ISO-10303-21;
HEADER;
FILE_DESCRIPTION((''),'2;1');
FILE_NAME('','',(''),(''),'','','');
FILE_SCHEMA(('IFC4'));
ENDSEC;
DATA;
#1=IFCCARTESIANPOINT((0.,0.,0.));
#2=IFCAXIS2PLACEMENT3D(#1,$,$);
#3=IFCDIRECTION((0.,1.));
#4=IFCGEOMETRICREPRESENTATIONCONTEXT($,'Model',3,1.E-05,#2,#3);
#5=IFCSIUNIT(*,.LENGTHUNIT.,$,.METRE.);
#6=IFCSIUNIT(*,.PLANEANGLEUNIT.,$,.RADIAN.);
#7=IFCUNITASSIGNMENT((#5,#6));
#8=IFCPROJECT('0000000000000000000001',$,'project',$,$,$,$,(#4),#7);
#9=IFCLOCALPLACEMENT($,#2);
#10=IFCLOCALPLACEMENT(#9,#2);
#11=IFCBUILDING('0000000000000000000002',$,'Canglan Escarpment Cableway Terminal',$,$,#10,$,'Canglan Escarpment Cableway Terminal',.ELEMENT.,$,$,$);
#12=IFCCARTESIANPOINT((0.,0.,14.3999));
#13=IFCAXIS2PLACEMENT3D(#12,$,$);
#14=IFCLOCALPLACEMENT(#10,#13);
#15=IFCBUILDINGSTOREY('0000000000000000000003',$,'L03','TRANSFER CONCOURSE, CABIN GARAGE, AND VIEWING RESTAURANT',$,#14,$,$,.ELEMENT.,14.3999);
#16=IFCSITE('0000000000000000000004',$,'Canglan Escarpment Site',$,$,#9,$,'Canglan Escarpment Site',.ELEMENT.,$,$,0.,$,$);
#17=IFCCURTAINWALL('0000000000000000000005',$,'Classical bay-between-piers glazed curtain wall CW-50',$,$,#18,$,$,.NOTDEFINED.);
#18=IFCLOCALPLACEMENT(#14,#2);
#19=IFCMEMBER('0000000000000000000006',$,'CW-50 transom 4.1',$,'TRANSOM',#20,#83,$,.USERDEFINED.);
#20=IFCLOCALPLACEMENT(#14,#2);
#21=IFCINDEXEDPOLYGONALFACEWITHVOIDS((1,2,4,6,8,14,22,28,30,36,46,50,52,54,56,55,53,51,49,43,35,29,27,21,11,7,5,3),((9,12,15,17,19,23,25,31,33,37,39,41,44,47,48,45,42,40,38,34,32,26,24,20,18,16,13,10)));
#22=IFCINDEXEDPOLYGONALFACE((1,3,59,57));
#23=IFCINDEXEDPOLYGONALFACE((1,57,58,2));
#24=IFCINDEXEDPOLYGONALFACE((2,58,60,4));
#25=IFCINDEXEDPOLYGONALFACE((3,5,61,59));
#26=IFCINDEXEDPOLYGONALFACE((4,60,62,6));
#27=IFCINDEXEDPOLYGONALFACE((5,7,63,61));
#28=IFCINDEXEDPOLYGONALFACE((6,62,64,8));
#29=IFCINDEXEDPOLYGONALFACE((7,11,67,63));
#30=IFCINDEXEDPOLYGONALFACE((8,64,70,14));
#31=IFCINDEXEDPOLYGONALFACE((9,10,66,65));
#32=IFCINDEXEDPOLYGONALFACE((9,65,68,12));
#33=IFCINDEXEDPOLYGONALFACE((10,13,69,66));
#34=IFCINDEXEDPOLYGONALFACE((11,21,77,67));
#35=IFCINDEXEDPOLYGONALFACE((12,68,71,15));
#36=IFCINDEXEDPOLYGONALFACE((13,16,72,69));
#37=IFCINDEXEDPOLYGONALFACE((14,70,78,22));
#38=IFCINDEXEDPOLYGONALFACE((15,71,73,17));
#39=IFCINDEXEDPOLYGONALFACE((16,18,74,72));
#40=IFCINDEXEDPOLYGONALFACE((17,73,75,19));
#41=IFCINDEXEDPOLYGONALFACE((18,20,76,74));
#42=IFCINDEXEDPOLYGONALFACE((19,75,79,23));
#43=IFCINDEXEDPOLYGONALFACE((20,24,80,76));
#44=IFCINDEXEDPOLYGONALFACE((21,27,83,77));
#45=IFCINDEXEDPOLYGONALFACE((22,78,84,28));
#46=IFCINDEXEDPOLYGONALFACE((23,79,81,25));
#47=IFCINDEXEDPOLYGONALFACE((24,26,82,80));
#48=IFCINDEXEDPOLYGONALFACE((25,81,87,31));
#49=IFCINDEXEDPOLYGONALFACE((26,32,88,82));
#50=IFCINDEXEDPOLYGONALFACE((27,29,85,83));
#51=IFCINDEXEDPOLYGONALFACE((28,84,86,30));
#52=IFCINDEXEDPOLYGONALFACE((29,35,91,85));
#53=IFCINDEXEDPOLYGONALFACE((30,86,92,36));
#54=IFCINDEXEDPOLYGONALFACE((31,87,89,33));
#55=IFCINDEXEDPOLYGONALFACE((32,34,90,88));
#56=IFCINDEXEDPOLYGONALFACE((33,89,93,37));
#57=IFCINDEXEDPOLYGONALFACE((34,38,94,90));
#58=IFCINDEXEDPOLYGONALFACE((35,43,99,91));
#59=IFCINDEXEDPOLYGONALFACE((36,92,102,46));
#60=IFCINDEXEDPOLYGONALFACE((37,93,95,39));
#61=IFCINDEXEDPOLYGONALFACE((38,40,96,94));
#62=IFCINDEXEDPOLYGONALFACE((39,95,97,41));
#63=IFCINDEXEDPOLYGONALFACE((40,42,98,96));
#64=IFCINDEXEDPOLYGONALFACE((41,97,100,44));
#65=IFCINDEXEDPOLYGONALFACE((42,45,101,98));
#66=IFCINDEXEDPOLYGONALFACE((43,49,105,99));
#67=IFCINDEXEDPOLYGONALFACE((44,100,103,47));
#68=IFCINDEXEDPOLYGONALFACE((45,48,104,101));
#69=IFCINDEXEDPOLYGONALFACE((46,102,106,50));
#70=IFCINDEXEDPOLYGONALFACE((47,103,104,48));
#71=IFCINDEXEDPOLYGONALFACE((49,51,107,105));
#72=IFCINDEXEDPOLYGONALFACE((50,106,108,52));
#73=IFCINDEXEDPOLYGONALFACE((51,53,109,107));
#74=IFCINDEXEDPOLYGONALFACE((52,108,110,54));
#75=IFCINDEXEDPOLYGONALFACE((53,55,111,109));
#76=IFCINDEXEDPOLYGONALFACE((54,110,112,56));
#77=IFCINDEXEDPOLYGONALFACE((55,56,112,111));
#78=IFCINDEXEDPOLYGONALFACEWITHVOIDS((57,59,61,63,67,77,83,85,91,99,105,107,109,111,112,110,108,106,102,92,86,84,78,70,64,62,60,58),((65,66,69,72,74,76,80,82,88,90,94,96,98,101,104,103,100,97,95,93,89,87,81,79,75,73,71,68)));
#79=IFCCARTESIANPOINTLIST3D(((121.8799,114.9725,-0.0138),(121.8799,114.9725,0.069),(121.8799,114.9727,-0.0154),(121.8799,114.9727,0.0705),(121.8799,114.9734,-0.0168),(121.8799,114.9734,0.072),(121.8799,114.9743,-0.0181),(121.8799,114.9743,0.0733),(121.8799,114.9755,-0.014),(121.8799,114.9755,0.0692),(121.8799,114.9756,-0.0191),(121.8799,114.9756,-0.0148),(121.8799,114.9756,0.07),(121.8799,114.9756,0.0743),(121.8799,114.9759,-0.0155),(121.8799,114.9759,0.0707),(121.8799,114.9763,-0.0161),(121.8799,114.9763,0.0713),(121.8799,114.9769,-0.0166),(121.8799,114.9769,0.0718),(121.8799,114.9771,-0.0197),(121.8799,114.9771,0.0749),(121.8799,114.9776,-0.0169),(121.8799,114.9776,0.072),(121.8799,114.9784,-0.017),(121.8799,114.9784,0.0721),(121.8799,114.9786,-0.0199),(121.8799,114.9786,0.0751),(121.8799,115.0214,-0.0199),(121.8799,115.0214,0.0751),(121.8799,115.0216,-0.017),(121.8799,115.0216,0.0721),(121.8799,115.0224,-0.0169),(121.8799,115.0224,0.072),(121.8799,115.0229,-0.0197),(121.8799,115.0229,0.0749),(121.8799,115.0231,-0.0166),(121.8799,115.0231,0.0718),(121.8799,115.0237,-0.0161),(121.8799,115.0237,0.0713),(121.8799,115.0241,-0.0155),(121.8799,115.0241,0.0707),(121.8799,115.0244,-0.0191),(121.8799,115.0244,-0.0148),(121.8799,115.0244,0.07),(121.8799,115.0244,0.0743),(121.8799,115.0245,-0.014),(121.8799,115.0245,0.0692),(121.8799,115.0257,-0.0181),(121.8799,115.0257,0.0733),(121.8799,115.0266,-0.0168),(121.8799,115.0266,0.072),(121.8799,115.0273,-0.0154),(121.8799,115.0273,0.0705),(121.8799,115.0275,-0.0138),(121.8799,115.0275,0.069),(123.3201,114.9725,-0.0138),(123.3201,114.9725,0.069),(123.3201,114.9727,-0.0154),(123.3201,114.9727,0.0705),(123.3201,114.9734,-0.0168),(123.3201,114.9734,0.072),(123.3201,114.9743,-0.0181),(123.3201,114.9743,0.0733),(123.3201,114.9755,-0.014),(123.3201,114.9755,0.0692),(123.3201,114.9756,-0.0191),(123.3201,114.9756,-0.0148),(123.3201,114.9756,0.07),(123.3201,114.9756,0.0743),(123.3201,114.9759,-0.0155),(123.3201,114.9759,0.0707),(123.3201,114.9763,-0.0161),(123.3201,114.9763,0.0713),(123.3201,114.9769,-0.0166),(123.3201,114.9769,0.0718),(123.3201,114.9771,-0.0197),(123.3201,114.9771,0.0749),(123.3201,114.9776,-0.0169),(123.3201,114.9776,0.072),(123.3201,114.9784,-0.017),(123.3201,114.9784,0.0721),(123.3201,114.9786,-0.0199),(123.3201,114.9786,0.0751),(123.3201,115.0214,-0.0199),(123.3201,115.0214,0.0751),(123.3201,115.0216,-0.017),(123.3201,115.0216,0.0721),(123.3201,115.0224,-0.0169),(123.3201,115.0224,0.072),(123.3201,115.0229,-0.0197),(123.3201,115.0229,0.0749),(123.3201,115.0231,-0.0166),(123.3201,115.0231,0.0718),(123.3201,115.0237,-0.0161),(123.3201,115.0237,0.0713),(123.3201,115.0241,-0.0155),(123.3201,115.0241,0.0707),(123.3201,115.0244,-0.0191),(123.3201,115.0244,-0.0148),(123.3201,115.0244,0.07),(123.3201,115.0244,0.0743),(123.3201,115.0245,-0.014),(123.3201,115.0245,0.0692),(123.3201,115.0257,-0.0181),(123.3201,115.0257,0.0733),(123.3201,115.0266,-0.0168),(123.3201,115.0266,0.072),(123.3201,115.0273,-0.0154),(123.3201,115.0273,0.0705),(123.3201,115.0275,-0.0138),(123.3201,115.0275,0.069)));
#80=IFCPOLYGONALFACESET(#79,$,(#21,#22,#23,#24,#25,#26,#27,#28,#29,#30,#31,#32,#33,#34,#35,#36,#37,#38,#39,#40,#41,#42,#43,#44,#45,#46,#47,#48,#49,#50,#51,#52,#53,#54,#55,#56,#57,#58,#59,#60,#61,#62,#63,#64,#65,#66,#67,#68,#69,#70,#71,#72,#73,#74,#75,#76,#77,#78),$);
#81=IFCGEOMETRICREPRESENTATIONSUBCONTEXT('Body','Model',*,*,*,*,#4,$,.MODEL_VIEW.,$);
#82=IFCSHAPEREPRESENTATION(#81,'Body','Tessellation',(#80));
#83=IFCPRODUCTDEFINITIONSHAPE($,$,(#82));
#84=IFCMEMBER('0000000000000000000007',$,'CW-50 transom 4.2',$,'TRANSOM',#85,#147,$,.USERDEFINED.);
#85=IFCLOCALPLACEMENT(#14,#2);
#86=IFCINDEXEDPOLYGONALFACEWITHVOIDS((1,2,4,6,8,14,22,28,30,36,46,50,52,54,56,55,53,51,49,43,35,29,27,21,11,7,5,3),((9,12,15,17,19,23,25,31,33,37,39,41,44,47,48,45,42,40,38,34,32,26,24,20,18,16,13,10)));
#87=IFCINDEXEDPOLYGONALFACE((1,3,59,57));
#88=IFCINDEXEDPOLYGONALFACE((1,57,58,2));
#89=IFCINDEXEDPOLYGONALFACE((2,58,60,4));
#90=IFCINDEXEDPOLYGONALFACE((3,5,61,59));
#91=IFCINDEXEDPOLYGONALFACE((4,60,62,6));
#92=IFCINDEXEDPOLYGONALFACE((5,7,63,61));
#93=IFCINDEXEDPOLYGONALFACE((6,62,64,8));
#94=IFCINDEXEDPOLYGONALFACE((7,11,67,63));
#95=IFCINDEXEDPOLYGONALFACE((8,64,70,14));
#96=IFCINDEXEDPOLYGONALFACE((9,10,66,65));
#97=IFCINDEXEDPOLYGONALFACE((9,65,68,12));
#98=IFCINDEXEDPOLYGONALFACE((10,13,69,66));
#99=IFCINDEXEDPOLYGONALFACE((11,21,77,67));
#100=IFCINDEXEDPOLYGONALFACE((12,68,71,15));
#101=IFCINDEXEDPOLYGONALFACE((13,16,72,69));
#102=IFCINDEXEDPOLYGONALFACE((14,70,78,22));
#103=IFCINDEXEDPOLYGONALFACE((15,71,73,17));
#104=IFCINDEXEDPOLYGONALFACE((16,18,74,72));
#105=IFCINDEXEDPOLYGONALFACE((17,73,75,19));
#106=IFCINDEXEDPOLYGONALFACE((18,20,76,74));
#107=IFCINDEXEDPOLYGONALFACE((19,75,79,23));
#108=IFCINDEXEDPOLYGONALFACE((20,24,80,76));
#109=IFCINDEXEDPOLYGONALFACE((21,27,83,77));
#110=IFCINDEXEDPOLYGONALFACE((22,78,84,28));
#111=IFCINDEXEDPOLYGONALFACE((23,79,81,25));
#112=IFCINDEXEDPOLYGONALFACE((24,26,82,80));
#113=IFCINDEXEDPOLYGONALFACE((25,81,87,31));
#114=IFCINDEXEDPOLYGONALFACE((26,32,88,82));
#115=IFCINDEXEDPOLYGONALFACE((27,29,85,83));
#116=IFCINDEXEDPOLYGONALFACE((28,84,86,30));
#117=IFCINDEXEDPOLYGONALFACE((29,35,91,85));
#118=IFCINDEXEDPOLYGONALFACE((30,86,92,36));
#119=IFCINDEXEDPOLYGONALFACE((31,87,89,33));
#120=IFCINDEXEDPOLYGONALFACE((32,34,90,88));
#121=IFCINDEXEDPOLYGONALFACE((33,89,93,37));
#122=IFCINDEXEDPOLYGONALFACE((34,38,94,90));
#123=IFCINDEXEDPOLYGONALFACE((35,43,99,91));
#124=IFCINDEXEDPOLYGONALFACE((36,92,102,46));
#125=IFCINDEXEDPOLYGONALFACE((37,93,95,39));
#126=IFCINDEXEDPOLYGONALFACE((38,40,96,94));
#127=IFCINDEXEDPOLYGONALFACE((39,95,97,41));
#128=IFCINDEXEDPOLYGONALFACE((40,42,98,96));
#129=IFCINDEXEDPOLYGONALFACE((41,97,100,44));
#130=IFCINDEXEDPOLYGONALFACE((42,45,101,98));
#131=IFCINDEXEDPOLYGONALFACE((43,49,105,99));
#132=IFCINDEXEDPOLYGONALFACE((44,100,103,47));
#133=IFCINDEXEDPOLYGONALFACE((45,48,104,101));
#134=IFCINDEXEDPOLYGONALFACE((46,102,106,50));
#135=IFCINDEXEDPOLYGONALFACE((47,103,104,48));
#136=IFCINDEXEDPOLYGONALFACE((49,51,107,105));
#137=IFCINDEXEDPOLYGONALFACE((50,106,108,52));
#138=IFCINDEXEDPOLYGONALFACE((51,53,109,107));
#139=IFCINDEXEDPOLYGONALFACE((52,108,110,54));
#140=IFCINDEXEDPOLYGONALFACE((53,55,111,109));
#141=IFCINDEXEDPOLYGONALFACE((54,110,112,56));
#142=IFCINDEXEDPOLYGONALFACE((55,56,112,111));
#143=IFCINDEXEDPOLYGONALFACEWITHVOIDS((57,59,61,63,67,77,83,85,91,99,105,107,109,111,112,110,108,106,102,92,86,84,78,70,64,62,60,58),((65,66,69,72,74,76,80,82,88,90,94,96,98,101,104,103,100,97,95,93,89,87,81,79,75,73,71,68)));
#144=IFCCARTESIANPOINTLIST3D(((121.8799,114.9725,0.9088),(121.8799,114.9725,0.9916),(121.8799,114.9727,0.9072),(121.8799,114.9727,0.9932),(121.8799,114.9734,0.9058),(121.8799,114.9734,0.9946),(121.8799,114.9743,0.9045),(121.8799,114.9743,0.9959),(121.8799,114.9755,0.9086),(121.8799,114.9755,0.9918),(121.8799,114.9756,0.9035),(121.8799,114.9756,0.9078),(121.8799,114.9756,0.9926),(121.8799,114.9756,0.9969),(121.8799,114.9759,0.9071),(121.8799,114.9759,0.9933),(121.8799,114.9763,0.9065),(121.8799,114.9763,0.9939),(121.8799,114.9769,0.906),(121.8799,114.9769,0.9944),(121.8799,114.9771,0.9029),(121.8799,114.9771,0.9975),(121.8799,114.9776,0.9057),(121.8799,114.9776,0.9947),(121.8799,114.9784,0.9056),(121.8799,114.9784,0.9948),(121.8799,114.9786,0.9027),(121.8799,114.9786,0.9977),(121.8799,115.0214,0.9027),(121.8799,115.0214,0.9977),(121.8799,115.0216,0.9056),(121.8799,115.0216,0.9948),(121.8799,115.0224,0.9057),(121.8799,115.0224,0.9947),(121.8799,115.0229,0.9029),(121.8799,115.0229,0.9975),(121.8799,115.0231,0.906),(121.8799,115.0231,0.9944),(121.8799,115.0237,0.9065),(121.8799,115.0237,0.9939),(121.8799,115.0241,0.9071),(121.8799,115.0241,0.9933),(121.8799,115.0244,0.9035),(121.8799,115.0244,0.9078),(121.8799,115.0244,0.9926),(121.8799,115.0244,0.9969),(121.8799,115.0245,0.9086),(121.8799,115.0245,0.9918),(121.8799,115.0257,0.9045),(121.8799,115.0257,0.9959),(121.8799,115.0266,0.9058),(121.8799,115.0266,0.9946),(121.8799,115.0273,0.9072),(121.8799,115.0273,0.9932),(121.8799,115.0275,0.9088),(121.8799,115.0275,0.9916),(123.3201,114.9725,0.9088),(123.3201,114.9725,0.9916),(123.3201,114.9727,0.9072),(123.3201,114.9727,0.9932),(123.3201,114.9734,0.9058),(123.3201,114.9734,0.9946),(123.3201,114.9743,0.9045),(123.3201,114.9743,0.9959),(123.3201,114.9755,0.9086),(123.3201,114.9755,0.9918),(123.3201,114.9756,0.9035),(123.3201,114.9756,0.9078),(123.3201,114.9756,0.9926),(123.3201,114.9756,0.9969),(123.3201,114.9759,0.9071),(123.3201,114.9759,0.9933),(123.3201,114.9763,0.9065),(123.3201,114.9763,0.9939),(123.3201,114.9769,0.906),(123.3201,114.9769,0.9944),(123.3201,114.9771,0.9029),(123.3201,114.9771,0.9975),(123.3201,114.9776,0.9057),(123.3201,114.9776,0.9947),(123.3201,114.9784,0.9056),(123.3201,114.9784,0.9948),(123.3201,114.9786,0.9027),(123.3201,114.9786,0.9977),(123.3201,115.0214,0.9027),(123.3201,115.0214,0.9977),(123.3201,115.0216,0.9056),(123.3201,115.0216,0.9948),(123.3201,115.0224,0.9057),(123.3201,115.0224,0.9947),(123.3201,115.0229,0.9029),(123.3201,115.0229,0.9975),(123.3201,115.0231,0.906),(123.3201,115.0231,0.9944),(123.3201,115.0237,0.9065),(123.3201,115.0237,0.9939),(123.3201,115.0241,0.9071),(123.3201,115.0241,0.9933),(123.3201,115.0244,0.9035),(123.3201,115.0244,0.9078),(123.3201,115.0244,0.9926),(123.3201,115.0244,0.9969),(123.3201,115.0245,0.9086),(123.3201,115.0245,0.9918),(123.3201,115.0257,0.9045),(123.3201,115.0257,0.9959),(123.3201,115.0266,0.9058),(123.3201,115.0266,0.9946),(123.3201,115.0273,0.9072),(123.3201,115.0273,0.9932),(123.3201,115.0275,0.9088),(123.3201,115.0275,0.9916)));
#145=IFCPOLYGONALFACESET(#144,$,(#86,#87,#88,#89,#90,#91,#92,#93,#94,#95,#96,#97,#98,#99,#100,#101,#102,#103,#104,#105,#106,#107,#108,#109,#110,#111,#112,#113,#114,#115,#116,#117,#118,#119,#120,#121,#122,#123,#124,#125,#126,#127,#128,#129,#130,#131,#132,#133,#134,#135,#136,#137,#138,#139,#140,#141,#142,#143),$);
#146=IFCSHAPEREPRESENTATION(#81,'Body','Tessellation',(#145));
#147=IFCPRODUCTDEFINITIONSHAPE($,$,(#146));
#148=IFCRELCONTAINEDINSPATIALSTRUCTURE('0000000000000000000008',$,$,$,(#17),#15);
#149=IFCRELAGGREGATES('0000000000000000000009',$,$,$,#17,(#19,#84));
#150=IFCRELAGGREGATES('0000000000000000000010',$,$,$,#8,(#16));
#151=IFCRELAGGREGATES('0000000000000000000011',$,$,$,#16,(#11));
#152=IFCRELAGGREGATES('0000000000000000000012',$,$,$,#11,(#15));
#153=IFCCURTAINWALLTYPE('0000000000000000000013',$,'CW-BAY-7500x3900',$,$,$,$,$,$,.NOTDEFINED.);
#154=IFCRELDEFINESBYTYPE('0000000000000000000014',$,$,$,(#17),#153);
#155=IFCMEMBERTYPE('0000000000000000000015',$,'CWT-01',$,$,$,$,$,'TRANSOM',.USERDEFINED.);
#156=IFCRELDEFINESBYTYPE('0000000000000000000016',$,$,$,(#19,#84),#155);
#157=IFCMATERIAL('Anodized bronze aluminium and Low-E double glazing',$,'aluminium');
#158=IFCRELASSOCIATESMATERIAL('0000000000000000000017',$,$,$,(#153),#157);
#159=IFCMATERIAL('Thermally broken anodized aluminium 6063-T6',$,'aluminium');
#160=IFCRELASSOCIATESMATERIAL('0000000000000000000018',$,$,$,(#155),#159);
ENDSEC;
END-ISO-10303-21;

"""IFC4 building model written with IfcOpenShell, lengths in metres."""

from ifc_helpers import new_model, si_unit, direction, frame, origin, origin_2d, place, context, subcontext, project, spatial, hollow_rectangle, extrude, material, material_profile, profile_set, type_object, element, aggregate, save


model = new_model("IFC4")

# Units and contexts
model_context = context("Model", 3, precision=1e-05, world=origin(), true_north=direction((0.0, 1.0)))
body_context = subcontext(model_context, "Body", "Model", "MODEL_VIEW")
ifc_project = project(units=[si_unit("LENGTHUNIT", "METRE"), si_unit("PLANEANGLEUNIT", "RADIAN")], contexts=[model_context])

# Site, building, storey
site_placement = place(None, origin())
site = spatial("IfcSite", under=ifc_project, at=site_placement, Name="Canglan Escarpment Site", LongName="Canglan Escarpment Site", CompositionType="ELEMENT", RefElevation=0.0)
building_placement = place(site_placement, origin())
building = spatial("IfcBuilding", under=site, at=building_placement, Name="Canglan Escarpment Cableway Terminal", LongName="Canglan Escarpment Cableway Terminal", CompositionType="ELEMENT")
storey_placement = place(building_placement, frame((0.0, 0.0, 14.3999)))
storey = spatial("IfcBuildingStorey", under=building, at=storey_placement, Name="L03", Description="TRANSFER CONCOURSE, CABIN GARAGE, AND VIEWING RESTAURANT", CompositionType="ELEMENT", Elevation=14.3999)

# Curtain wall, members
ifc_material_1 = material(Name="Anodized bronze aluminium and Low-E double glazing", Category="aluminium")
curtain_wall_type = type_object("IfcCurtainWallType", Name="CW-BAY-7500x3900", PredefinedType="NOTDEFINED", material=ifc_material_1)
curtain_wall_placement = place(storey_placement, origin())
curtain_wall = element("IfcCurtainWall", 1, at=curtain_wall_placement, inside=storey, type_object=curtain_wall_type, Name="Classical bay-between-piers glazed curtain wall CW-50", PredefinedType="NOTDEFINED")
ifc_material_2 = material(Name="Thermally broken anodized aluminium 6063-T6", Category="aluminium")
ifc_material_profile_1 = material_profile(ifc_material_2, hollow_rectangle(XDim=0.0549, YDim=0.095, WallThickness=0.0029, InnerFilletRadius=0.0029, OuterFilletRadius=0.0061, at=origin_2d()), Name="ALU-TRAN 55x95x3")
ifc_profile_set_1 = profile_set([ifc_material_profile_1], Name="Thermally broken anodized aluminium 6063-T6")
member_type_1 = type_object("IfcMemberType", Name="CWT-01", ElementType="TRANSOM", PredefinedType="USERDEFINED", material=ifc_profile_set_1)
member_1_placement = place(storey_placement, frame((123.3201, 115.0, 0.0276), z_axis=(-1.0, 0.0, 0.0), x_axis=(0.0, -1.0, 0.0)))
member_1 = element("IfcMember", 2, at=member_1_placement, type_object=member_type_1, Name="CW-50 transom 4.1", ObjectType="TRANSOM", PredefinedType="USERDEFINED", context=body_context, shape_type="SweptSolid", body=[
    extrude(hollow_rectangle(XDim=0.0549, YDim=0.095, WallThickness=0.0029, InnerFilletRadius=0.0029, OuterFilletRadius=0.0061, at=origin_2d()), origin(), (0.0, 0.0, 1.0), 1.4402),
])
member_2_placement = place(storey_placement, frame((123.3201, 115.0, 0.9502), z_axis=(-1.0, 0.0, 0.0), x_axis=(0.0, -1.0, 0.0)))
member_2 = element("IfcMember", 3, at=member_2_placement, type_object=member_type_1, Name="CW-50 transom 4.2", ObjectType="TRANSOM", PredefinedType="USERDEFINED", context=body_context, shape_type="SweptSolid", body=[
    extrude(hollow_rectangle(XDim=0.0549, YDim=0.095, WallThickness=0.0029, InnerFilletRadius=0.0029, OuterFilletRadius=0.0061, at=origin_2d()), origin(), (0.0, 0.0, 1.0), 1.4402),
])
aggregate(curtain_wall, [member_1, member_2])

save(model, "model.ifc")
